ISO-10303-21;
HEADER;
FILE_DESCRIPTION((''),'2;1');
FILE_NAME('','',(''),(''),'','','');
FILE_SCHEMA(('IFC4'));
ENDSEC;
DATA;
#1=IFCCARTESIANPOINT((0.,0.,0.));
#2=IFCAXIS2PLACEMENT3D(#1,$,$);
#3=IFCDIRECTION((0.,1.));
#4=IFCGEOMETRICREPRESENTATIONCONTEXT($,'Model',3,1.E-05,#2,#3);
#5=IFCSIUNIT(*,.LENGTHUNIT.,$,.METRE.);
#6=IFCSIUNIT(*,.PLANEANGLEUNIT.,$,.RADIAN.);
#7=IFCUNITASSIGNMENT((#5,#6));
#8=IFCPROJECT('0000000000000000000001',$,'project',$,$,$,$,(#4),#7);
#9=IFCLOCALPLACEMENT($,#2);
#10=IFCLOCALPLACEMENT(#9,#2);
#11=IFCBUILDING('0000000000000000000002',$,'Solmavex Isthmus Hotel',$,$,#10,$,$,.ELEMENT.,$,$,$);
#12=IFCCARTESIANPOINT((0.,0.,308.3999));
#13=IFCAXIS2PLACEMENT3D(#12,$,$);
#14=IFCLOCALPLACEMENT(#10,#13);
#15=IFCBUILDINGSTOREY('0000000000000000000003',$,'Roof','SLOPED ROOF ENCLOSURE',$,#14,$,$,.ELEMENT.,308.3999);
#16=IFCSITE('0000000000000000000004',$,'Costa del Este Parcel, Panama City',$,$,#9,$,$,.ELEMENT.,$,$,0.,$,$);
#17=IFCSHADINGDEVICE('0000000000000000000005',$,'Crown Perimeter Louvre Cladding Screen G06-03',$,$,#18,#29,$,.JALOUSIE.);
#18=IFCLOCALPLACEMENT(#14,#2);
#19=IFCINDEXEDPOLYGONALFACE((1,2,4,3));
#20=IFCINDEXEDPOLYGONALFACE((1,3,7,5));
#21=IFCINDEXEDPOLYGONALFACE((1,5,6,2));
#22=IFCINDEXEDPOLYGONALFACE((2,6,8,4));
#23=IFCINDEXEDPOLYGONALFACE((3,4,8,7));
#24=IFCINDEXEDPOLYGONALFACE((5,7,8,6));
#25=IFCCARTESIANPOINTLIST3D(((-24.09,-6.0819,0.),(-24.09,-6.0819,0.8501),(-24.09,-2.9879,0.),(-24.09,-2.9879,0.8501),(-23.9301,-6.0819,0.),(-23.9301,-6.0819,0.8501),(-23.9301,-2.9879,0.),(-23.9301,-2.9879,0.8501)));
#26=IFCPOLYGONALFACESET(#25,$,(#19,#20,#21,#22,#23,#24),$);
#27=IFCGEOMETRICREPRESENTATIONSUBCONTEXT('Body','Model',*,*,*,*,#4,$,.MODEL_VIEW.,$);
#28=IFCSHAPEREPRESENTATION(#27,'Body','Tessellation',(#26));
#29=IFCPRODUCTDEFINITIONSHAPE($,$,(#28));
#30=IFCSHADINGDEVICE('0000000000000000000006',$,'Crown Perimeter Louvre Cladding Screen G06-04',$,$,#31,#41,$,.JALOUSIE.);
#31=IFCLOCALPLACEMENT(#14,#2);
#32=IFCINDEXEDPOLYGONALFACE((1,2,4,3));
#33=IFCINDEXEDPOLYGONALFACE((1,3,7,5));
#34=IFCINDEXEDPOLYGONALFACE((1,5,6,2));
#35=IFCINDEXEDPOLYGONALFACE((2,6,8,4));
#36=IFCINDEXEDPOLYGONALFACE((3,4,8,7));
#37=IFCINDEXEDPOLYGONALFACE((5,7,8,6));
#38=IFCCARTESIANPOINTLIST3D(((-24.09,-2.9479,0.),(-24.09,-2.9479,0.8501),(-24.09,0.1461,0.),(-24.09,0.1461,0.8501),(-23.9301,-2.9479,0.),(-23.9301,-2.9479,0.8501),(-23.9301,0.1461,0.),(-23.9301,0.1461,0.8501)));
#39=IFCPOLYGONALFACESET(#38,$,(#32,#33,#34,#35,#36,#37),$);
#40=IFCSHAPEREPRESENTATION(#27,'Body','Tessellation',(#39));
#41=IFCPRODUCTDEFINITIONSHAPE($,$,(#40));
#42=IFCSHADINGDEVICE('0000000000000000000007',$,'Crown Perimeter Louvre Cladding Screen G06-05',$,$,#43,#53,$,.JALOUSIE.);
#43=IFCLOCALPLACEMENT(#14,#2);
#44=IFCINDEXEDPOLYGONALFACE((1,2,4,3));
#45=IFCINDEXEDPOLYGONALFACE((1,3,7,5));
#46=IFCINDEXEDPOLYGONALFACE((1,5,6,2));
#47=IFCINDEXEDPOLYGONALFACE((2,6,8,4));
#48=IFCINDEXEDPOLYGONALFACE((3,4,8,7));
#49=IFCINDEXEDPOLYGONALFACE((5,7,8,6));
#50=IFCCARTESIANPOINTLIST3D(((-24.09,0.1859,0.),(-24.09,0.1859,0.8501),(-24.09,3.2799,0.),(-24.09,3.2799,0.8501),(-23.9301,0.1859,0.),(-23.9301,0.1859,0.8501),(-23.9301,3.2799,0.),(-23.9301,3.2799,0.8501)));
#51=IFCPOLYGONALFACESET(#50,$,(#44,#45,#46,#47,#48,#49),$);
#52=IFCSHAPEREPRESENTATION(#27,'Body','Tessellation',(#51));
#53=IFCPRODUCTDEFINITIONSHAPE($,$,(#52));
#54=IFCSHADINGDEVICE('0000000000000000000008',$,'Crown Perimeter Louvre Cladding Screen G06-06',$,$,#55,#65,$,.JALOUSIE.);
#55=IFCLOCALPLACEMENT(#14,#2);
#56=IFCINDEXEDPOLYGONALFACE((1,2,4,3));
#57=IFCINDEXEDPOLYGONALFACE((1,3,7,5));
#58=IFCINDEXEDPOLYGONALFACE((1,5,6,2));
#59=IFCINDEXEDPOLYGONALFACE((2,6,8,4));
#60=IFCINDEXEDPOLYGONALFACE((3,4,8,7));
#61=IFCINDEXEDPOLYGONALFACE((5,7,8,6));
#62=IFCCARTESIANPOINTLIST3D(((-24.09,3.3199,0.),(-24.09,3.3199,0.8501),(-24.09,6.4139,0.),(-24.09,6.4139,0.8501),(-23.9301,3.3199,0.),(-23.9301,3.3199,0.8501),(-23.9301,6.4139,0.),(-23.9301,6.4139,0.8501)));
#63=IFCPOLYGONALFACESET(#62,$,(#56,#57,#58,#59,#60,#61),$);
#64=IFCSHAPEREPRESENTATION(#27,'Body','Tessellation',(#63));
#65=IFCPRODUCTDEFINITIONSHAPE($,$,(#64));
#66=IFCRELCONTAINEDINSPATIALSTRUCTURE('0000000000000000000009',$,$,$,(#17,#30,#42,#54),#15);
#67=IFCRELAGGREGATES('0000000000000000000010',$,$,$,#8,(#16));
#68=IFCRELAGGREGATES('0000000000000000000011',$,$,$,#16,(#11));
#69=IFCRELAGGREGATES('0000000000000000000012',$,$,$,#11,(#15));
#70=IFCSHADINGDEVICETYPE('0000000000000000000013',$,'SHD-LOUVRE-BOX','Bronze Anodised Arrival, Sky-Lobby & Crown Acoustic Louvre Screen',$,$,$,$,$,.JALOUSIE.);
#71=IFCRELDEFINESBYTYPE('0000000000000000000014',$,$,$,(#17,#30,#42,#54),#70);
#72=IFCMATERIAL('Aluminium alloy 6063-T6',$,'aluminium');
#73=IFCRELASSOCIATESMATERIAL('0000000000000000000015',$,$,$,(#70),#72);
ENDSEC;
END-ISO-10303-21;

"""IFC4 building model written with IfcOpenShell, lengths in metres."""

from ifc_helpers import new_model, si_unit, direction, frame, origin, origin_2d, place, context, subcontext, project, spatial, rectangle, extrude, material, type_object, element, save


model = new_model("IFC4")

# Units and contexts
model_context = context("Model", 3, precision=1e-05, world=origin(), true_north=direction((0.0, 1.0)))
body_context = subcontext(model_context, "Body", "Model", "MODEL_VIEW")
ifc_project = project(units=[si_unit("LENGTHUNIT", "METRE"), si_unit("PLANEANGLEUNIT", "RADIAN")], contexts=[model_context])

# Site, building, storey
site_placement = place(None, origin())
site = spatial("IfcSite", under=ifc_project, at=site_placement, Name="Costa del Este Parcel, Panama City", CompositionType="ELEMENT", RefElevation=0.0)
building_placement = place(site_placement, origin())
building = spatial("IfcBuilding", under=site, at=building_placement, Name="Solmavex Isthmus Hotel", CompositionType="ELEMENT")
storey_placement = place(building_placement, frame((0.0, 0.0, 308.3999)))
storey = spatial("IfcBuildingStorey", under=building, at=storey_placement, Name="Roof", Description="SLOPED ROOF ENCLOSURE", CompositionType="ELEMENT", Elevation=308.3999)

# Shading devices
ifc_material_1 = material(Name="Aluminium alloy 6063-T6", Category="aluminium")
shading_device_type = type_object("IfcShadingDeviceType", Name="SHD-LOUVRE-BOX", Description="Bronze Anodised Arrival, Sky-Lobby & Crown Acoustic Louvre Screen", PredefinedType="JALOUSIE", material=ifc_material_1)
for number, where, z_axis, x_axis, name in (
    (1, (-24.01, -4.5349, 0.0), (0.0, 0.0, 1.0), (0.0, 1.0, 0.0), "Crown Perimeter Louvre Cladding Screen G06-03"),
    (2, (-24.01, -1.4009, 0.0), (0.0, 0.0, 1.0), (0.0, 1.0, 0.0), "Crown Perimeter Louvre Cladding Screen G06-04"),
    (3, (-24.01, 1.7329, 0.0), (0.0, 0.0, 1.0), (0.0, 1.0, 0.0), "Crown Perimeter Louvre Cladding Screen G06-05"),
    (4, (-24.01, 4.8669, 0.0), (0.0, 0.0, 1.0), (0.0, 1.0, 0.0), "Crown Perimeter Louvre Cladding Screen G06-06"),
):
    element("IfcShadingDevice", number, at=place(storey_placement, frame(where, z_axis=z_axis, x_axis=x_axis)), inside=storey, type_object=shading_device_type, Name=name, PredefinedType="JALOUSIE", context=body_context, shape_type="SweptSolid", body=[
        extrude(rectangle(XDim=3.094, YDim=0.1599, at=origin_2d()), origin(), (0.0, 0.0, 1.0), 0.8501),
    ])

save(model, "model.ifc")
